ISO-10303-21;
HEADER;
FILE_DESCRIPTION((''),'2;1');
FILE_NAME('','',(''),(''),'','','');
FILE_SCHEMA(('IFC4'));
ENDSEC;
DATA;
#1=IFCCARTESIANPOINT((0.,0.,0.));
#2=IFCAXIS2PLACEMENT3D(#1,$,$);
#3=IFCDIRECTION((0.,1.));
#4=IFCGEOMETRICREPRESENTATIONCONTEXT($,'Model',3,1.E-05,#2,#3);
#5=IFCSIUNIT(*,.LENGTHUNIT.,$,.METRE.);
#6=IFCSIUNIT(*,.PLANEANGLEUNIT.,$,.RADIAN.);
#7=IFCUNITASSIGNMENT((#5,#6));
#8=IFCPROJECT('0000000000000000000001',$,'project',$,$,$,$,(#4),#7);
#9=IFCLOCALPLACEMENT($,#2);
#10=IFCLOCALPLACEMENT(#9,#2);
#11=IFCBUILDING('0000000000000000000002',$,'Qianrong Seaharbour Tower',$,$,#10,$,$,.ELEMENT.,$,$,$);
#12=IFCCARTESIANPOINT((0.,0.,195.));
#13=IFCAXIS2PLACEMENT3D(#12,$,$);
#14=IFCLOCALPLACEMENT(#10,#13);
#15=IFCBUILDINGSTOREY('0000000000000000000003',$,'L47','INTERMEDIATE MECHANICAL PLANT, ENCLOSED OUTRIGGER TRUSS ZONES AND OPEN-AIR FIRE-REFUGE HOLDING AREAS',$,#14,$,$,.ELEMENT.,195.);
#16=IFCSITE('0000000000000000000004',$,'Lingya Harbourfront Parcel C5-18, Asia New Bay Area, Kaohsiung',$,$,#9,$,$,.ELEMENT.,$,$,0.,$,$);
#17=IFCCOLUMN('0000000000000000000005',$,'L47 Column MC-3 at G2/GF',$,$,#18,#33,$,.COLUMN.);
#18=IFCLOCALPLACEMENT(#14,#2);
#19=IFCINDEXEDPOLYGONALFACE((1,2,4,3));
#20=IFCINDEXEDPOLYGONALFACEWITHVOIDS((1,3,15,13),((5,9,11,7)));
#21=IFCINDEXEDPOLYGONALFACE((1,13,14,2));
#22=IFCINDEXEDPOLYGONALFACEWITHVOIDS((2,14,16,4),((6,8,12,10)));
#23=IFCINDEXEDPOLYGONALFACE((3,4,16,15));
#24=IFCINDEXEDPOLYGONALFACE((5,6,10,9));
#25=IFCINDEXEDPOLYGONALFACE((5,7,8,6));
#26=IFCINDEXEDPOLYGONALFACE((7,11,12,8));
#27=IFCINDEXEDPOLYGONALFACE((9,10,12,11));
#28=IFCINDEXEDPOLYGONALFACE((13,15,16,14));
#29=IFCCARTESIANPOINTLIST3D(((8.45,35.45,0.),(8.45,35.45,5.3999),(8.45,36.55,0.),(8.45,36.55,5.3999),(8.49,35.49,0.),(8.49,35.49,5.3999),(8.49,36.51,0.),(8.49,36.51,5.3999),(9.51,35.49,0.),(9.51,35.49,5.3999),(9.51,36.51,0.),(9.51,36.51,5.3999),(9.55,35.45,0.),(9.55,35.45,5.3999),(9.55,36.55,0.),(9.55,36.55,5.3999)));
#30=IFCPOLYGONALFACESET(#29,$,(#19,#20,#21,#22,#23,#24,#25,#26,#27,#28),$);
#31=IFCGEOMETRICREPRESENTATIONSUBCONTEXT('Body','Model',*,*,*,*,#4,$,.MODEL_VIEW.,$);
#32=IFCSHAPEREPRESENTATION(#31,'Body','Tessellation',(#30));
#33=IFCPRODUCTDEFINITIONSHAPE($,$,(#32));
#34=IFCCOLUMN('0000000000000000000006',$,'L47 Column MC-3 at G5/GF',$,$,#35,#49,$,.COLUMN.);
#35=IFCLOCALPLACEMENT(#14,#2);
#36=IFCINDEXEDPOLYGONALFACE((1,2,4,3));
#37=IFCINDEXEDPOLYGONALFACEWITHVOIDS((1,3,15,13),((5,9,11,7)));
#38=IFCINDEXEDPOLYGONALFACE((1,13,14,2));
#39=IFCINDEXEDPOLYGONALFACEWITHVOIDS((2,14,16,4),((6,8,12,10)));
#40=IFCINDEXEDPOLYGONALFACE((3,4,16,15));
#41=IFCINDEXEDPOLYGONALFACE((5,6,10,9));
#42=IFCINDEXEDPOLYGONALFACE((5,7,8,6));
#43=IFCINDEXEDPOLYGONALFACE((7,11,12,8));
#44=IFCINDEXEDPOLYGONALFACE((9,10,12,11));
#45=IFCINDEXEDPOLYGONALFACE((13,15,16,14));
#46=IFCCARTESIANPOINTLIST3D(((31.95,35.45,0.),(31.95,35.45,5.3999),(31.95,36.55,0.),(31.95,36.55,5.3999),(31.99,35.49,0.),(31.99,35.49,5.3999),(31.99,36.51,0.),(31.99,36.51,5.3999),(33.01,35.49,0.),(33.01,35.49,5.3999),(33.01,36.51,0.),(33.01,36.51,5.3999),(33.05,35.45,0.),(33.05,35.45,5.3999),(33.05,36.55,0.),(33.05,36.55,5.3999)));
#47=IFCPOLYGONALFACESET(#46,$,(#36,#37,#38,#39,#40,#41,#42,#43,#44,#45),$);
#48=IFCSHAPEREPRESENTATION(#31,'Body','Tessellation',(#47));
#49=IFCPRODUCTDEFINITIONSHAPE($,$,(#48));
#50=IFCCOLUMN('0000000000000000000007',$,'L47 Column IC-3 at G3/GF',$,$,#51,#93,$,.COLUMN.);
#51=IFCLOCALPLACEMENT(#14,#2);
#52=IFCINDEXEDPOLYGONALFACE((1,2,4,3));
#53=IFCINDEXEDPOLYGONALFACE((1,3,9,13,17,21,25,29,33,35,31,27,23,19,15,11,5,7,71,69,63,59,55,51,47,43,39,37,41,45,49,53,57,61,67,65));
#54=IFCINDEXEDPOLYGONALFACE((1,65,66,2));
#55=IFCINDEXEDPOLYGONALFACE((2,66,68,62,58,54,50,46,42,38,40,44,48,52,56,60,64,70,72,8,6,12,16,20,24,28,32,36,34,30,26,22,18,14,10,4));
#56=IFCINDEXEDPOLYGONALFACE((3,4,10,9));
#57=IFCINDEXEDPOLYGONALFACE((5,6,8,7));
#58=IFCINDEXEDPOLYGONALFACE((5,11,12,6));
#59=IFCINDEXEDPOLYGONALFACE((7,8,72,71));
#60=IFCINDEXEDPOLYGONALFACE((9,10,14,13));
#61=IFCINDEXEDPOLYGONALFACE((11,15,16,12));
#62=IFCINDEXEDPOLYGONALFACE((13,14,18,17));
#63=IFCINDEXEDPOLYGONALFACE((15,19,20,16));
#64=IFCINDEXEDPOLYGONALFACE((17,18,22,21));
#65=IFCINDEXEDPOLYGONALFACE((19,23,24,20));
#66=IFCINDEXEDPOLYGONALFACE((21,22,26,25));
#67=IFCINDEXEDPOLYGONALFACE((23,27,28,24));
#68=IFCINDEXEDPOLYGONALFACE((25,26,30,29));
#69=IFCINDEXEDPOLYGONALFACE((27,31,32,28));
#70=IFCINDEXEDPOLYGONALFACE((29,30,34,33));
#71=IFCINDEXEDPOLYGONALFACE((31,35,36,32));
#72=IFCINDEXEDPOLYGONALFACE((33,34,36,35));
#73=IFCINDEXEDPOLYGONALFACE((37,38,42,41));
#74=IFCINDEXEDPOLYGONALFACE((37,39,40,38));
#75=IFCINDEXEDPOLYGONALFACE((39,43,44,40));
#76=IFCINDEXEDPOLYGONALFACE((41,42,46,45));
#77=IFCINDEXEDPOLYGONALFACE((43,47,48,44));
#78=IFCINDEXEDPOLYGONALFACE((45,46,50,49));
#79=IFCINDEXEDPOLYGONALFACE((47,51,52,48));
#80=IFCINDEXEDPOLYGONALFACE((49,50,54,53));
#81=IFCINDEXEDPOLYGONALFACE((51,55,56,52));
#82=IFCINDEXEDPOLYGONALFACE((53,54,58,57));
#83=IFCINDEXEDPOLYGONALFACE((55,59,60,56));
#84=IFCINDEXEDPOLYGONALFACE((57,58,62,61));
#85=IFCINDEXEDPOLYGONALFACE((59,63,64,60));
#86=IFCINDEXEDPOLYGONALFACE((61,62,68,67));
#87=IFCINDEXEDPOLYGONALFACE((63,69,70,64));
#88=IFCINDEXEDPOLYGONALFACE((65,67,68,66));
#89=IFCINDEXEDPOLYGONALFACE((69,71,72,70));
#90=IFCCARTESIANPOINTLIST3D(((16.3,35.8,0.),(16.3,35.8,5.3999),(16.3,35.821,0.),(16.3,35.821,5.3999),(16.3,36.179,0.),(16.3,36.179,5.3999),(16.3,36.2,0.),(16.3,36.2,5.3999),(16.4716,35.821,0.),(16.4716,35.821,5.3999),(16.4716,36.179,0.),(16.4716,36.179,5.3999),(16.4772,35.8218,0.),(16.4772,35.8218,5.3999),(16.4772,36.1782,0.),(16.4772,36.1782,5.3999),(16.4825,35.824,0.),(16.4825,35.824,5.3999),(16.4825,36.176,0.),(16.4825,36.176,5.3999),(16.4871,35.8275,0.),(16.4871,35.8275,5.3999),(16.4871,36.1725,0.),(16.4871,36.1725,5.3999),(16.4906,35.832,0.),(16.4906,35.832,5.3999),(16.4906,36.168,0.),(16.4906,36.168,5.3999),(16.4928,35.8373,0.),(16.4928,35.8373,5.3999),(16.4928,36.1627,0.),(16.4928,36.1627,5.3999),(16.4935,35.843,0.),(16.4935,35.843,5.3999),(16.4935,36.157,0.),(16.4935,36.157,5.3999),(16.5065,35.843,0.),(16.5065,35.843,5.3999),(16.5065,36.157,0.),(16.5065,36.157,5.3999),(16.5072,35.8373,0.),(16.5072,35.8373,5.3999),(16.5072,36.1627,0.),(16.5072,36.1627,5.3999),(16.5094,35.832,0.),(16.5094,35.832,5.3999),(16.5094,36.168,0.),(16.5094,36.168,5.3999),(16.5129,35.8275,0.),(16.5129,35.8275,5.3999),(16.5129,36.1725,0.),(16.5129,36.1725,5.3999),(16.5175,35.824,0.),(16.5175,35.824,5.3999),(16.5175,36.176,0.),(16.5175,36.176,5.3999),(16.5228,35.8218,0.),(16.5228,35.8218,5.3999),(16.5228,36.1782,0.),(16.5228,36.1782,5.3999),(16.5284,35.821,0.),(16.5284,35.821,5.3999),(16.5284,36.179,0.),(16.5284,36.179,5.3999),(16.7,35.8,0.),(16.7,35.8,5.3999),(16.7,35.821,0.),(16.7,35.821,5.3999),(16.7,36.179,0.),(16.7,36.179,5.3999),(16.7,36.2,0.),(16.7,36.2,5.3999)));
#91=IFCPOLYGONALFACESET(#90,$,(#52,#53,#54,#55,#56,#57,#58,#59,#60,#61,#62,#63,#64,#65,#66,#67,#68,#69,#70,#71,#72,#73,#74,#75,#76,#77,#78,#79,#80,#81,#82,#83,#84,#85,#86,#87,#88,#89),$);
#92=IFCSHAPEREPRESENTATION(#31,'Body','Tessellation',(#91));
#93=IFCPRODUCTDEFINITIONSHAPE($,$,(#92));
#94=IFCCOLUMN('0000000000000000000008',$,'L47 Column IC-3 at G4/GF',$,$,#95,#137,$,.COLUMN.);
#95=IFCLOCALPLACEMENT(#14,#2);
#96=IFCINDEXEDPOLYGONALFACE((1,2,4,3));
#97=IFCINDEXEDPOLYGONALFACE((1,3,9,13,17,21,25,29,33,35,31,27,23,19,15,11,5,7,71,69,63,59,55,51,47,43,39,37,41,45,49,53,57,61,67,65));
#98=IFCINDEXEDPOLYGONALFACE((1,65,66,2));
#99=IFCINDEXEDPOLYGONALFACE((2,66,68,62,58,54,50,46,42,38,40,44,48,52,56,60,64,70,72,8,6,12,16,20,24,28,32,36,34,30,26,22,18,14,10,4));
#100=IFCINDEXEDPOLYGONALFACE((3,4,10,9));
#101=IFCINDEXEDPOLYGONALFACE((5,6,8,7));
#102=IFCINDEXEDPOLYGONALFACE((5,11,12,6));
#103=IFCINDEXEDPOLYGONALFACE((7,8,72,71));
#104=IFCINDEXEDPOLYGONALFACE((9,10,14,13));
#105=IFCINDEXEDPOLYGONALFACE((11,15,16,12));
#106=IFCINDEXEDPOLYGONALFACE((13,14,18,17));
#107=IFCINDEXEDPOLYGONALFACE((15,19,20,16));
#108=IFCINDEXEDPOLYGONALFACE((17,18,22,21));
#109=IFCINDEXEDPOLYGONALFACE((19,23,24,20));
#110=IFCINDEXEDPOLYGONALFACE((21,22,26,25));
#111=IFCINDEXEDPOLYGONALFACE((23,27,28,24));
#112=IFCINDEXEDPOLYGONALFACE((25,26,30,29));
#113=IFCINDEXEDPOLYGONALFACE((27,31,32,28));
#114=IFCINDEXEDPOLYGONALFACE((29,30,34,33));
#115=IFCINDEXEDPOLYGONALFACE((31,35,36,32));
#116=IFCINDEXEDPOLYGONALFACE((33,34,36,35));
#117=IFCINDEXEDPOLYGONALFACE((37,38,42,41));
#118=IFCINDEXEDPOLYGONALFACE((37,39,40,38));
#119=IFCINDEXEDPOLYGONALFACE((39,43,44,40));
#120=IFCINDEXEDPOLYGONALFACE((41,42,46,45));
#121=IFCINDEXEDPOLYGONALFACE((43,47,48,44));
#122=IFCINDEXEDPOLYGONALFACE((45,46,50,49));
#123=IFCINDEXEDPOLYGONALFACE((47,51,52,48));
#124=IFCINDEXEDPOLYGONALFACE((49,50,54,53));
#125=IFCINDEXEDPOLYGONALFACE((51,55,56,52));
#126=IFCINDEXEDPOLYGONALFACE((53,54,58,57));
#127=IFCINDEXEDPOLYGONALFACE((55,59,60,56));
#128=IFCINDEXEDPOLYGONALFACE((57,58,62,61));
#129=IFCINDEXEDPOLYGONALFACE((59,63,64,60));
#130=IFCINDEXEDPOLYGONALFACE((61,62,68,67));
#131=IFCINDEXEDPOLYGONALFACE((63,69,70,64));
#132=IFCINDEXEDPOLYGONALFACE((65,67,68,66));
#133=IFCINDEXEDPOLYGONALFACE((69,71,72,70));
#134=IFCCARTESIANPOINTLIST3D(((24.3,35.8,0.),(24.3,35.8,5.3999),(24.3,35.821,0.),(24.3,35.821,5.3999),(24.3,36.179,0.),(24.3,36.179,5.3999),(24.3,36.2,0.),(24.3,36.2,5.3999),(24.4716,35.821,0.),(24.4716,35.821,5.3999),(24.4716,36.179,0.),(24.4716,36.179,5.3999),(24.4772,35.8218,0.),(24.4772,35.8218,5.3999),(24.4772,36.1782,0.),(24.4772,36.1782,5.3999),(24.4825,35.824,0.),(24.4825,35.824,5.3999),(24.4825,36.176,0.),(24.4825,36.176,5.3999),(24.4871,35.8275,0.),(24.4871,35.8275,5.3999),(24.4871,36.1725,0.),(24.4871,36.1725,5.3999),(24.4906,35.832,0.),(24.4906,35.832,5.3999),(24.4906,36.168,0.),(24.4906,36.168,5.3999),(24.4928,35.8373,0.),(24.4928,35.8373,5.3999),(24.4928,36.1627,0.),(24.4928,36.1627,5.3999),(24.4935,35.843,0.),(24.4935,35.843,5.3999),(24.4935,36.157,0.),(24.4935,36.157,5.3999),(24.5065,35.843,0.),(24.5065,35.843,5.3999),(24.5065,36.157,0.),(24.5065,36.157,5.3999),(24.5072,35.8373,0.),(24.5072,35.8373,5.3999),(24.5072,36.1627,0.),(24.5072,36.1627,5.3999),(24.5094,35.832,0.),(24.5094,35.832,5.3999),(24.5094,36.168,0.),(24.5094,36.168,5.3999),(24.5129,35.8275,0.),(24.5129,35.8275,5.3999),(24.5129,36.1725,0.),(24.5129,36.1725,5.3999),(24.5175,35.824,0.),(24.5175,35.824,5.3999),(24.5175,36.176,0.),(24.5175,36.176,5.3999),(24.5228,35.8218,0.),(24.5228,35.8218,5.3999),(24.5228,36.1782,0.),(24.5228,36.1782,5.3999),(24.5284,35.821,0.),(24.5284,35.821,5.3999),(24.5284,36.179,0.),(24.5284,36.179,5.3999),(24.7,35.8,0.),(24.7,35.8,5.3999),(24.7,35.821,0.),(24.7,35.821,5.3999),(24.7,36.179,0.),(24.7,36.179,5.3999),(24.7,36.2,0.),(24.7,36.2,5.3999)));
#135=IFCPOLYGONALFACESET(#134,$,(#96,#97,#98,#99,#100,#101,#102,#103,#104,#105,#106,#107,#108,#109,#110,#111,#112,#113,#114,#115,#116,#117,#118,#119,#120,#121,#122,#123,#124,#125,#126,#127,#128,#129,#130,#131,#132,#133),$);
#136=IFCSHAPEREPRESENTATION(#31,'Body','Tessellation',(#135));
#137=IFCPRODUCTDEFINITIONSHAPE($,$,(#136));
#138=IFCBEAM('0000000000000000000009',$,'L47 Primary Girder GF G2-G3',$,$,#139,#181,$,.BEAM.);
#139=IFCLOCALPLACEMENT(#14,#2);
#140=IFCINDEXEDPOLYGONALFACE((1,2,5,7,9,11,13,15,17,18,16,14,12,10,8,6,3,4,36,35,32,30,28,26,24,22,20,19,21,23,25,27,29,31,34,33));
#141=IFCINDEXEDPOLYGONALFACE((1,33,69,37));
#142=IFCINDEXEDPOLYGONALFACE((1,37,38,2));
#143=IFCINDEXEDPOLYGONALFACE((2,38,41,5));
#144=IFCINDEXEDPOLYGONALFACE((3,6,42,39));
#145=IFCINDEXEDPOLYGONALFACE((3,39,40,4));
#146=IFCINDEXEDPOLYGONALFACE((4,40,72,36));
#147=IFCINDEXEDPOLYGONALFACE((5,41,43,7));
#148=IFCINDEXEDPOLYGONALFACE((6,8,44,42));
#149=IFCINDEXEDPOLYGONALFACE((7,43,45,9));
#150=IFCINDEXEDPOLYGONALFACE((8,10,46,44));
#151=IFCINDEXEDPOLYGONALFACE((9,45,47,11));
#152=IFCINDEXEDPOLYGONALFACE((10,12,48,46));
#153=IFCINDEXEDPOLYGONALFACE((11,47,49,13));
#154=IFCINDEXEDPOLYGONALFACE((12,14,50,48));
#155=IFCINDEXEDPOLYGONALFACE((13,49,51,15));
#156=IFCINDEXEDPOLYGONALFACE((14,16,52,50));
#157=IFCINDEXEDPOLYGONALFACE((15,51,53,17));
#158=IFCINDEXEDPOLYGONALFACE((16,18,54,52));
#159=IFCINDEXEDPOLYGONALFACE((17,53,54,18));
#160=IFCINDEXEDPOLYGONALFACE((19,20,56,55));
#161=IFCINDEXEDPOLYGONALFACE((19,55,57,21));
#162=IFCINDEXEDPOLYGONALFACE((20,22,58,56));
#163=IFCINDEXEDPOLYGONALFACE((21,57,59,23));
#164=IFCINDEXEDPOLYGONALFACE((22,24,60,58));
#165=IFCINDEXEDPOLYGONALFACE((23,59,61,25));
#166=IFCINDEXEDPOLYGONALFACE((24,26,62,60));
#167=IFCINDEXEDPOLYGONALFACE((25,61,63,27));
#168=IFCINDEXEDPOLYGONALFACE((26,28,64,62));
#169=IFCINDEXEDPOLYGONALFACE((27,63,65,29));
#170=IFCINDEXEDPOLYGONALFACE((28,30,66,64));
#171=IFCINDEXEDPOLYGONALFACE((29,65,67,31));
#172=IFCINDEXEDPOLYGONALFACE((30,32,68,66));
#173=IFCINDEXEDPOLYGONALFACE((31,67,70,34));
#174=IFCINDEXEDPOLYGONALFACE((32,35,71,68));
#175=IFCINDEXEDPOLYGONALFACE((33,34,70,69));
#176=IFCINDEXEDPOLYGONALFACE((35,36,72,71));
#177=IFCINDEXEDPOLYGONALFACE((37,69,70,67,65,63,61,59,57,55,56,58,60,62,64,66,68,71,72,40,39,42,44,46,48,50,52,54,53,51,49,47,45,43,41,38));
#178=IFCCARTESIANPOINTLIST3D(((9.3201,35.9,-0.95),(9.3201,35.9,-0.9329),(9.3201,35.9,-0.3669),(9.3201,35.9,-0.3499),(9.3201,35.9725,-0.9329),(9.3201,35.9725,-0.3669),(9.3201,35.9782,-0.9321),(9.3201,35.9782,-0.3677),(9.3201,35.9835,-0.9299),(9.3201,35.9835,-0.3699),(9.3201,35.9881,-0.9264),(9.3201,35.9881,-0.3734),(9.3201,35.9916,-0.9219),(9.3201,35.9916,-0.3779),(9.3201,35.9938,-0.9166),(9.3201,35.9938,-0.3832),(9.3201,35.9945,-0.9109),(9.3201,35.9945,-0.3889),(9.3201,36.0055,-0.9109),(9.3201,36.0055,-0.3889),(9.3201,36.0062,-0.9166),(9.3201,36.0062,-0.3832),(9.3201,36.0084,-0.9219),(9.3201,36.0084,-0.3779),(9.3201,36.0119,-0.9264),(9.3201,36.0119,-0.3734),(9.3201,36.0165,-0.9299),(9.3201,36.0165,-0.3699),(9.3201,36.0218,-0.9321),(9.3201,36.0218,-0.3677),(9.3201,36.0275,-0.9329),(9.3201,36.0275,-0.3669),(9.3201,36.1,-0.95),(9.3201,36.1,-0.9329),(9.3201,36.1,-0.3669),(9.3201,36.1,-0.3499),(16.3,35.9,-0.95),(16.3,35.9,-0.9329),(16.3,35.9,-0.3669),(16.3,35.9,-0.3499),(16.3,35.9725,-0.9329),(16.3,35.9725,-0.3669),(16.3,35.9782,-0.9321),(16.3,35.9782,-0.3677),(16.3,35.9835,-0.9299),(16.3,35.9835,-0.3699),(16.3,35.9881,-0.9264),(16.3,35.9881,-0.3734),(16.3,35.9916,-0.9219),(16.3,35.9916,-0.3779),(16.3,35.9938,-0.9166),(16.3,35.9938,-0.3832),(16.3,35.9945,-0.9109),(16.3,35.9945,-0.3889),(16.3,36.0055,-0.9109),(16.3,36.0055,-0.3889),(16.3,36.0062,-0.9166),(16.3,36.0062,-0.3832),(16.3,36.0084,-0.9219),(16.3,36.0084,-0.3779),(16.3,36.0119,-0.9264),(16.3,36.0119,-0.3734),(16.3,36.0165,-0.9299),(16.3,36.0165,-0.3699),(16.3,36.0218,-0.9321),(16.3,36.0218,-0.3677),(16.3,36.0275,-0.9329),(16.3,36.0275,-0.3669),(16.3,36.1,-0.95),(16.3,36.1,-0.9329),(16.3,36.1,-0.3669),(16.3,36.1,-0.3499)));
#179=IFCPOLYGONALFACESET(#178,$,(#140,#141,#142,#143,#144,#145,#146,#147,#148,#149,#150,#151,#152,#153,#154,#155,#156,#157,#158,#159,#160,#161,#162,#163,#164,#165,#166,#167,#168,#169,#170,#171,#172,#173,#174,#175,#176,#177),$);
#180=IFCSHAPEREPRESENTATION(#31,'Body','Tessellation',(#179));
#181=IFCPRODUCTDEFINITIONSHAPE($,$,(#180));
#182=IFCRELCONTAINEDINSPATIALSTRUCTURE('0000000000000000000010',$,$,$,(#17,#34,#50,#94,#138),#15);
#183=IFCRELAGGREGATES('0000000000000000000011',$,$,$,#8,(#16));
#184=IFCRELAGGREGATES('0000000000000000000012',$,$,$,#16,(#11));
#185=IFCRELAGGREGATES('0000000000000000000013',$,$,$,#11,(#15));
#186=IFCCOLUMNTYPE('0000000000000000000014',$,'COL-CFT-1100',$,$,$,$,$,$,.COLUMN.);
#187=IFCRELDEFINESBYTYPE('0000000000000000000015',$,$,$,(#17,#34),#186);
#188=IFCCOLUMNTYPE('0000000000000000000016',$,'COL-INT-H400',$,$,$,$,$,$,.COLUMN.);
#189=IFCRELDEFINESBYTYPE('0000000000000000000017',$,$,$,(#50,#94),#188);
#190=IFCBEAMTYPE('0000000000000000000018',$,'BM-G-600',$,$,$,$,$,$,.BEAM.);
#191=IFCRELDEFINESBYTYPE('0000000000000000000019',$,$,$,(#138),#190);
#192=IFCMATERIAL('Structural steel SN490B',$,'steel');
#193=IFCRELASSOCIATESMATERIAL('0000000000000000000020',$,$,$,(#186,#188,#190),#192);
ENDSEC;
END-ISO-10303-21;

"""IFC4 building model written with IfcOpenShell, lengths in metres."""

from ifc_helpers import new_model, si_unit, direction, frame, origin, origin_2d, place, context, subcontext, project, spatial, hollow_rectangle, i_section, extrude, material, material_profile, profile_set, type_object, element, save


model = new_model("IFC4")

# Units and contexts
model_context = context("Model", 3, precision=1e-05, world=origin(), true_north=direction((0.0, 1.0)))
body_context = subcontext(model_context, "Body", "Model", "MODEL_VIEW")
ifc_project = project(units=[si_unit("LENGTHUNIT", "METRE"), si_unit("PLANEANGLEUNIT", "RADIAN")], contexts=[model_context])

# Site, building, storey
site_placement = place(None, origin())
site = spatial("IfcSite", under=ifc_project, at=site_placement, Name="Lingya Harbourfront Parcel C5-18, Asia New Bay Area, Kaohsiung", CompositionType="ELEMENT", RefElevation=0.0)
building_placement = place(site_placement, origin())
building = spatial("IfcBuilding", under=site, at=building_placement, Name="Qianrong Seaharbour Tower", CompositionType="ELEMENT")
storey_placement = place(building_placement, frame((0.0, 0.0, 195.0)))
storey = spatial("IfcBuildingStorey", under=building, at=storey_placement, Name="L47", Description="INTERMEDIATE MECHANICAL PLANT, ENCLOSED OUTRIGGER TRUSS ZONES AND OPEN-AIR FIRE-REFUGE HOLDING AREAS", CompositionType="ELEMENT", Elevation=195.0)

# Columns
ifc_material_1 = material(Name="Structural steel SN490B", Category="steel")
ifc_material_profile_1 = material_profile(ifc_material_1, hollow_rectangle(XDim=1.1001, YDim=1.1001, WallThickness=0.04, at=origin_2d()), Name="BOX1100x1100x40")
ifc_profile_set_1 = profile_set([ifc_material_profile_1], Name="Structural steel SN490B")
column_type_1 = type_object("IfcColumnType", Name="COL-CFT-1100", PredefinedType="COLUMN", material=ifc_profile_set_1)
for number, where, z_axis, x_axis, name in (
    (1, (9.0, 36.0, 0.0), (0.0, 0.0, 1.0), (1.0, 0.0, 0.0), "L47 Column MC-3 at G2/GF"),
    (2, (32.5, 36.0, 0.0), (0.0, 0.0, 1.0), (1.0, 0.0, 0.0), "L47 Column MC-3 at G5/GF"),
):
    element("IfcColumn", number, at=place(storey_placement, frame(where, z_axis=z_axis, x_axis=x_axis)), inside=storey, type_object=column_type_1, Name=name, PredefinedType="COLUMN", context=body_context, shape_type="SweptSolid", body=[
        extrude(hollow_rectangle(XDim=1.1001, YDim=1.1001, WallThickness=0.04, at=origin_2d()), origin(), (0.0, 0.0, 1.0), 5.3999),
    ])
ifc_material_profile_2 = material_profile(ifc_material_1, i_section(OverallWidth=0.3999, OverallDepth=0.3999, WebThickness=0.0129, FlangeThickness=0.021, FilletRadius=0.022, at=origin_2d()), Name="H400x400x13x21")
ifc_profile_set_2 = profile_set([ifc_material_profile_2], Name="Structural steel SN490B")
column_type_2 = type_object("IfcColumnType", Name="COL-INT-H400", PredefinedType="COLUMN", material=ifc_profile_set_2)
for number, where, z_axis, x_axis, name in (
    (3, (16.5, 36.0, 0.0), (0.0, 0.0, 1.0), (1.0, 0.0, 0.0), "L47 Column IC-3 at G3/GF"),
    (4, (24.5, 36.0, 0.0), (0.0, 0.0, 1.0), (1.0, 0.0, 0.0), "L47 Column IC-3 at G4/GF"),
):
    element("IfcColumn", number, at=place(storey_placement, frame(where, z_axis=z_axis, x_axis=x_axis)), inside=storey, type_object=column_type_2, Name=name, PredefinedType="COLUMN", context=body_context, shape_type="SweptSolid", body=[
        extrude(i_section(OverallWidth=0.3999, OverallDepth=0.3999, WebThickness=0.0129, FlangeThickness=0.021, FilletRadius=0.022, at=origin_2d()), origin(), (0.0, 0.0, 1.0), 5.3999),
    ])

# Beam
ifc_material_profile_3 = material_profile(ifc_material_1, i_section(OverallWidth=0.2, OverallDepth=0.6001, WebThickness=0.011, FlangeThickness=0.0171, FilletRadius=0.022, at=origin_2d()), Name="H600x200x11x17")
ifc_profile_set_3 = profile_set([ifc_material_profile_3], Name="Structural steel SN490B")
beam_type = type_object("IfcBeamType", Name="BM-G-600", PredefinedType="BEAM", material=ifc_profile_set_3)
beam_1_placement = place(storey_placement, frame((9.3201, 36.0, -0.6499), z_axis=(1.0, 0.0, 0.0), x_axis=(0.0, 1.0, 0.0)))
element("IfcBeam", 5, at=beam_1_placement, inside=storey, type_object=beam_type, Name="L47 Primary Girder GF G2-G3", PredefinedType="BEAM", context=body_context, shape_type="SweptSolid", body=[
    extrude(i_section(OverallWidth=0.2, OverallDepth=0.6001, WebThickness=0.011, FlangeThickness=0.0171, FilletRadius=0.022, at=origin_2d()), origin(), (0.0, 0.0, 1.0), 6.98),
])

save(model, "model.ifc")
